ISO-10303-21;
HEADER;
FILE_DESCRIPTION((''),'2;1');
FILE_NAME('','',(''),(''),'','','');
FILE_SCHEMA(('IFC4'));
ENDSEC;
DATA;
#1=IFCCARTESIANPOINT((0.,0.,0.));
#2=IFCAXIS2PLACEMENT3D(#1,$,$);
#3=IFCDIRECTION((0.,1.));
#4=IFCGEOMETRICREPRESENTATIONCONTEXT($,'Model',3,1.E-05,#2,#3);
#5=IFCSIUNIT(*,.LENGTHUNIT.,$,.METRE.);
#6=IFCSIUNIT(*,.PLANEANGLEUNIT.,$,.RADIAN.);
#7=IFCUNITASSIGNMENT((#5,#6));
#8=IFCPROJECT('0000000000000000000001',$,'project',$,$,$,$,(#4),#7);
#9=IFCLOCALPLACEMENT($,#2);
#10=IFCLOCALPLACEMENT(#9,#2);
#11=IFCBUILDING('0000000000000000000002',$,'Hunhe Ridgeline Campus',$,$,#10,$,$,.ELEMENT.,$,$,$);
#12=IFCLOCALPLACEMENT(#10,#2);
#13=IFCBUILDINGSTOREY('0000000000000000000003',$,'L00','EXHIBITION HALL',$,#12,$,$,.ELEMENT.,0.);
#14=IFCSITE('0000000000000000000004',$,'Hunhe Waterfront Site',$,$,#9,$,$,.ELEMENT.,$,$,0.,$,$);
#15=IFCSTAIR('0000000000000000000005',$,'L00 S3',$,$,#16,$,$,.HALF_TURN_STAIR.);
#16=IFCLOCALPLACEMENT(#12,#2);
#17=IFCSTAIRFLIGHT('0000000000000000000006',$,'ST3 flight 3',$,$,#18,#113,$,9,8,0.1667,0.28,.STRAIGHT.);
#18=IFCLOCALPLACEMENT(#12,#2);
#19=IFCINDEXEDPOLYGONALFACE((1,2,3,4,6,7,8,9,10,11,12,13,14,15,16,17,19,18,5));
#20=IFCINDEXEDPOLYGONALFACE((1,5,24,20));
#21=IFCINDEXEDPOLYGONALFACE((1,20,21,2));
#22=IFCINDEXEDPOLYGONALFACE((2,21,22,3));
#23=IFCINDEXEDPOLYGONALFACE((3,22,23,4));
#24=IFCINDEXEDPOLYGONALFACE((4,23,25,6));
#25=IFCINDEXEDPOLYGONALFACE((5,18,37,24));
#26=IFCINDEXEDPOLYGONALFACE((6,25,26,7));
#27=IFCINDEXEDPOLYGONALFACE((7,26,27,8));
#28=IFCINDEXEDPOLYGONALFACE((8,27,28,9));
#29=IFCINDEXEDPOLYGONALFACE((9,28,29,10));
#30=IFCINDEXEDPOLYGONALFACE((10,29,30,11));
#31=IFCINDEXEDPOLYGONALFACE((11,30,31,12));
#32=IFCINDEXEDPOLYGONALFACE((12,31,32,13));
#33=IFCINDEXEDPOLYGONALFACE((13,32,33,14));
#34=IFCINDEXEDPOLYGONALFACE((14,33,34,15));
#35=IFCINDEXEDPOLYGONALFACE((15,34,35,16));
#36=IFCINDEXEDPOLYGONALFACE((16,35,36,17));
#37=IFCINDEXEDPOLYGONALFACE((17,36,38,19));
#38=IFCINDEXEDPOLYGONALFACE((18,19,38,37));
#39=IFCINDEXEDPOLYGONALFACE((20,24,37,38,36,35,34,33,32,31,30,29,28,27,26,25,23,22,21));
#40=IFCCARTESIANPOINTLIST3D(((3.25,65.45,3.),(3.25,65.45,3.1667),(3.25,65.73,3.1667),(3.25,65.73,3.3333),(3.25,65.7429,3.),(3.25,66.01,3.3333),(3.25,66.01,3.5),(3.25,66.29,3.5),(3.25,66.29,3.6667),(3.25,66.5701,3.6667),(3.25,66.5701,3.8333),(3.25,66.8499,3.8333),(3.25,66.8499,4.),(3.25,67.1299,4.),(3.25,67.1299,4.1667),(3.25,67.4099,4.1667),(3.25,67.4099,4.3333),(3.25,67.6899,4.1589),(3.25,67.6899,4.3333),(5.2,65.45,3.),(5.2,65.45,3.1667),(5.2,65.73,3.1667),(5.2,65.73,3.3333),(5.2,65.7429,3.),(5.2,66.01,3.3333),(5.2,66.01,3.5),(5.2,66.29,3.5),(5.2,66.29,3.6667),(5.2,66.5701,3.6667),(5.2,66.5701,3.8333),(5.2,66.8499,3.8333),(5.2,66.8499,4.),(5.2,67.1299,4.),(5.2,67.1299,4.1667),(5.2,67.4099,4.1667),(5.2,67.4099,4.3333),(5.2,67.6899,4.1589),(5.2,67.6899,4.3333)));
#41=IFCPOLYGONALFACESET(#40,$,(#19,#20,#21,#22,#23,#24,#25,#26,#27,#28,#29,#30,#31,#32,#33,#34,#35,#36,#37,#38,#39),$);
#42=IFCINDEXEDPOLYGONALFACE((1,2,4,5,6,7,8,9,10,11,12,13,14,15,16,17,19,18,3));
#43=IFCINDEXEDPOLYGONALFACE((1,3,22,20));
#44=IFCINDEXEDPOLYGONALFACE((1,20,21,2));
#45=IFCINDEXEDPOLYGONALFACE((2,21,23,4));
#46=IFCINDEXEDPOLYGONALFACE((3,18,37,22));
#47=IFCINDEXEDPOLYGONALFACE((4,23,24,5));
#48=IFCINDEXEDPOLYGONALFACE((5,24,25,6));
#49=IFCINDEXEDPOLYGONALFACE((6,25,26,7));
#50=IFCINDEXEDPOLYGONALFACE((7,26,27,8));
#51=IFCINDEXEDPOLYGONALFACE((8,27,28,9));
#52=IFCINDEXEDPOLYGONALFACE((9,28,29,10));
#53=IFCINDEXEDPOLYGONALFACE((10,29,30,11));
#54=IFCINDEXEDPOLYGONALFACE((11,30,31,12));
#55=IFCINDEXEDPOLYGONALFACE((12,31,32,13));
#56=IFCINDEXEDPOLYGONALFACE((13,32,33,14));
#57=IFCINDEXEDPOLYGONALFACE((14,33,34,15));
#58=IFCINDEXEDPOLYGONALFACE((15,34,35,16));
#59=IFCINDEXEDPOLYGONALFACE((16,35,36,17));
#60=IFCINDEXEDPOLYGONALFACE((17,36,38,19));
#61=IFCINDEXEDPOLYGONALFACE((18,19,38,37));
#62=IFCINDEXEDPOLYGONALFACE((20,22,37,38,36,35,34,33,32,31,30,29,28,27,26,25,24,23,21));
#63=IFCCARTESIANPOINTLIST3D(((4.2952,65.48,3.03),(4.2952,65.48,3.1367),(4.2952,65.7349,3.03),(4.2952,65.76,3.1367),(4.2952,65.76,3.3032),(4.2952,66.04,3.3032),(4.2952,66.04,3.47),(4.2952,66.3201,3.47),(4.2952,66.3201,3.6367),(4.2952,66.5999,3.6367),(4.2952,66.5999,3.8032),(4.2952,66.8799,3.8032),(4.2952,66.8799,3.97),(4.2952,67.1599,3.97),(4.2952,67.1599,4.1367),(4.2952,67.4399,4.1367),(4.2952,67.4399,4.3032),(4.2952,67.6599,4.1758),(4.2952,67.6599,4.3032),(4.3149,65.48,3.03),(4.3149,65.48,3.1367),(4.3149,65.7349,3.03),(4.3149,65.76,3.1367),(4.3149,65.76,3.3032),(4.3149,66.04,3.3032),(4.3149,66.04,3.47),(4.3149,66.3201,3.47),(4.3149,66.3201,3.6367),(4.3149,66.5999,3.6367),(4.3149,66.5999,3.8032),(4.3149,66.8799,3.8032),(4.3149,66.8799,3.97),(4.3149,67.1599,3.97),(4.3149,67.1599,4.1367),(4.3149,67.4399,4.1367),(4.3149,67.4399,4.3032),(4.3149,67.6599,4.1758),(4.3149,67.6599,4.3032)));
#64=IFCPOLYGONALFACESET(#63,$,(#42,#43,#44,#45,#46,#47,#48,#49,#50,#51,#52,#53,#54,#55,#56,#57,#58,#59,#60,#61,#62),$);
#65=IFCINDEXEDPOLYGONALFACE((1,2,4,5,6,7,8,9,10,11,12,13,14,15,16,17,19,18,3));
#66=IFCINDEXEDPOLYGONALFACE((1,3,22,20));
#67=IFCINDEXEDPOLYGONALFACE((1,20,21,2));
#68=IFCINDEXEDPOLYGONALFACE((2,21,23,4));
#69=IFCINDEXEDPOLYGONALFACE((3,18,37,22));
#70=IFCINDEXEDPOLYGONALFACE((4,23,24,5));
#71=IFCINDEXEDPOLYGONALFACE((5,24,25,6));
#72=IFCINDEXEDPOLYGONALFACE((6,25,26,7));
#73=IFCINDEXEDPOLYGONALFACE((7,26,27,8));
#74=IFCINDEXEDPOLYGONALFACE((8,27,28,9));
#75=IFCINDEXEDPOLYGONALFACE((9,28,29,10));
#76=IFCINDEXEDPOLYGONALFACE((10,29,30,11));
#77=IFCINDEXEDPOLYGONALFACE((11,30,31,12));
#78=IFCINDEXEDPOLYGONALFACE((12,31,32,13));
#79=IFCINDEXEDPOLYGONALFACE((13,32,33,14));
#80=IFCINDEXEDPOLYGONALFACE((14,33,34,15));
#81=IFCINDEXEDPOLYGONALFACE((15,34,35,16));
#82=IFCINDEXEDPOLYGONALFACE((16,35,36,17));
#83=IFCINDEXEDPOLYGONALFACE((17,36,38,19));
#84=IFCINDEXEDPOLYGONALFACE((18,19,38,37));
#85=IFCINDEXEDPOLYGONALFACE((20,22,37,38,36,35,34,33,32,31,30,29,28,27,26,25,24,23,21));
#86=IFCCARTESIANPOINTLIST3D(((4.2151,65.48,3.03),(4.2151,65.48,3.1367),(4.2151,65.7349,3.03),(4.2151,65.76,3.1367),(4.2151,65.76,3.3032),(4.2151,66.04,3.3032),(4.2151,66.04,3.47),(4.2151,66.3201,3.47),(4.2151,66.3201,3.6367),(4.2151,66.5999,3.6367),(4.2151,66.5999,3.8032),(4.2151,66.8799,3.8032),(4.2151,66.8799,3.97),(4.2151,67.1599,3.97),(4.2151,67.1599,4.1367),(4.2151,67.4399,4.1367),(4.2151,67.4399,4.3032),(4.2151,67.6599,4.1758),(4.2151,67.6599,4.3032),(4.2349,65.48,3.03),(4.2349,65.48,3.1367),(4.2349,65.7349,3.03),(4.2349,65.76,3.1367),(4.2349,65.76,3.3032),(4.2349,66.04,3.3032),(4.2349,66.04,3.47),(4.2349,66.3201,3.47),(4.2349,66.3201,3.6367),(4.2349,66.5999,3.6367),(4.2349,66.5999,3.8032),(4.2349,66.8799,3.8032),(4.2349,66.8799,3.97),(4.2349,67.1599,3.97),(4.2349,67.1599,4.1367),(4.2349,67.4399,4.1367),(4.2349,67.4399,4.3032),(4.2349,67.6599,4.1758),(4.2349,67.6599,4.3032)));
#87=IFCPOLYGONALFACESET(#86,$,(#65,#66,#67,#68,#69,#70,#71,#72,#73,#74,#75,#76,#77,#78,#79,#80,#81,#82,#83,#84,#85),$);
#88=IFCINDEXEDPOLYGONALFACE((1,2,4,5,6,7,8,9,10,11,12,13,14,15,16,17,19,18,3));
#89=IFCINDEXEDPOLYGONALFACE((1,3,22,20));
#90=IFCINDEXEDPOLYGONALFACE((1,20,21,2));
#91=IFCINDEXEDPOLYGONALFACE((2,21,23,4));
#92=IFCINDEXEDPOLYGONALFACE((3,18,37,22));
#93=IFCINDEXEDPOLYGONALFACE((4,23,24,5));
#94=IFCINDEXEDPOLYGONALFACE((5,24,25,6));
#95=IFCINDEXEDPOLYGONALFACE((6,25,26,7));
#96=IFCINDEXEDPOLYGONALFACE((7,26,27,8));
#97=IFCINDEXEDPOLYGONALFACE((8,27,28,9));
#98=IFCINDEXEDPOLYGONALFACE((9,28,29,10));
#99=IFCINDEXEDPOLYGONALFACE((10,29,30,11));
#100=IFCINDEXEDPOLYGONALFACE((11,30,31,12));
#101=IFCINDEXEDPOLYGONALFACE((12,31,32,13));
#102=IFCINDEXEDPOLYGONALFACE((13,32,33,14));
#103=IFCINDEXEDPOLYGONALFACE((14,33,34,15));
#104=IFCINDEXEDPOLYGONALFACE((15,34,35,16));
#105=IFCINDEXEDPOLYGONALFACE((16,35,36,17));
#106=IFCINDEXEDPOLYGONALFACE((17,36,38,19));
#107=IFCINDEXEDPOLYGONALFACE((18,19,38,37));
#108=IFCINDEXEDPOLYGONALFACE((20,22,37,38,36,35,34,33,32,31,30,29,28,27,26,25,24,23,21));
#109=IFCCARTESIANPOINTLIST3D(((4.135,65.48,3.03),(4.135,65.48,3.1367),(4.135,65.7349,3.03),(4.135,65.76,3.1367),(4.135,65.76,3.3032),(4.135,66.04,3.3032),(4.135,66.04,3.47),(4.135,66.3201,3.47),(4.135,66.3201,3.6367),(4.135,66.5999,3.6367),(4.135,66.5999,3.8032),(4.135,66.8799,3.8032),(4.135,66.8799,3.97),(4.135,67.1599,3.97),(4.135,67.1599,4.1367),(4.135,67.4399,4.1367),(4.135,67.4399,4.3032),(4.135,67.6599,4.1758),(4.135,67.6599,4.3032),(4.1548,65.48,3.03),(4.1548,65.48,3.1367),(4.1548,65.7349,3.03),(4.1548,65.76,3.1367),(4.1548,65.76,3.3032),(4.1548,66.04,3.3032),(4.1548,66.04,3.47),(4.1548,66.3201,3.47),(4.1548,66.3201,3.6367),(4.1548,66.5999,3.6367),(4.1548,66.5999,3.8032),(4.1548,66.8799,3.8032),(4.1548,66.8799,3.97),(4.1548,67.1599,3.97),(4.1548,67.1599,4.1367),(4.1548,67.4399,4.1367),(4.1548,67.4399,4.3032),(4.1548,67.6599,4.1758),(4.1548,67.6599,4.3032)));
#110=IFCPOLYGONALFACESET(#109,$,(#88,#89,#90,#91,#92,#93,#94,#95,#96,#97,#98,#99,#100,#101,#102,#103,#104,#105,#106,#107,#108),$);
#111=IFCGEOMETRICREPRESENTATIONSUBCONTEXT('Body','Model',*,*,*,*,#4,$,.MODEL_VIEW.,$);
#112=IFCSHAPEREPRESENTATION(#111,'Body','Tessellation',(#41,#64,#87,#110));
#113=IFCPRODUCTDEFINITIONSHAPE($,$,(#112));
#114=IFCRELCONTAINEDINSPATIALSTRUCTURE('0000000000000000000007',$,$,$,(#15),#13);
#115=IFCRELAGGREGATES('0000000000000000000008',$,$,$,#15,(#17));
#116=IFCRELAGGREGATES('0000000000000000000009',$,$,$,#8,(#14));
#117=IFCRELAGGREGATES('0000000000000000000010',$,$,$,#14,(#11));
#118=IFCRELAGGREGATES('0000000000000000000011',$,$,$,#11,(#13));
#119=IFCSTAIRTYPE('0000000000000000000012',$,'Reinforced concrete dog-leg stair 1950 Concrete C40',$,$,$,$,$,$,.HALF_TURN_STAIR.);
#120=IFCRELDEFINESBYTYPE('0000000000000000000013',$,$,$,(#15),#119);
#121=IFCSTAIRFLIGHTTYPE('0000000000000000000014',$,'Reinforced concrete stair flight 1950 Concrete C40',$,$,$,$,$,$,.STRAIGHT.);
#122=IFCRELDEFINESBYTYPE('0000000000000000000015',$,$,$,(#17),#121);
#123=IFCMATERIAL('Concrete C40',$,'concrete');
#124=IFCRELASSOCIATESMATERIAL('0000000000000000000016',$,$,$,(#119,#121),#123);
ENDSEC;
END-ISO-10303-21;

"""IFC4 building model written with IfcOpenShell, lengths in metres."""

from ifc_helpers import new_model, si_unit, direction, frame, origin, place, context, subcontext, project, spatial, polyline, outline, extrude, material, type_object, element, aggregate, save


model = new_model("IFC4")

# Units and contexts
model_context = context("Model", 3, precision=1e-05, world=origin(), true_north=direction((0.0, 1.0)))
body_context = subcontext(model_context, "Body", "Model", "MODEL_VIEW")
ifc_project = project(units=[si_unit("LENGTHUNIT", "METRE"), si_unit("PLANEANGLEUNIT", "RADIAN")], contexts=[model_context])

# Site, building, storey
site_placement = place(None, origin())
site = spatial("IfcSite", under=ifc_project, at=site_placement, Name="Hunhe Waterfront Site", CompositionType="ELEMENT", RefElevation=0.0)
building_placement = place(site_placement, origin())
building = spatial("IfcBuilding", under=site, at=building_placement, Name="Hunhe Ridgeline Campus", CompositionType="ELEMENT")
storey_placement = place(building_placement, origin())
storey = spatial("IfcBuildingStorey", under=building, at=storey_placement, Name="L00", Description="EXHIBITION HALL", CompositionType="ELEMENT", Elevation=0.0)

# Stair, stair flight
ifc_material_1 = material(Name="Concrete C40", Category="concrete")
stair_type = type_object("IfcStairType", Name="Reinforced concrete dog-leg stair 1950 Concrete C40", PredefinedType="HALF_TURN_STAIR", material=ifc_material_1)
stair_1_placement = place(storey_placement, origin())
stair_1 = element("IfcStair", 1, at=stair_1_placement, inside=storey, type_object=stair_type, Name="L00 S3", PredefinedType="HALF_TURN_STAIR")
stair_flight_type = type_object("IfcStairFlightType", Name="Reinforced concrete stair flight 1950 Concrete C40", PredefinedType="STRAIGHT", material=ifc_material_1)
stair_flight_1_placement = place(storey_placement, frame((4.2251, 65.45, 3.0), z_axis=(0.0, 0.0, 1.0), x_axis=(0.0, 1.0, 0.0)))
stair_flight_1 = element("IfcStairFlight", 2, at=stair_flight_1_placement, type_object=stair_flight_type, Name="ST3 flight 3", NumberOfRisers=9, NumberOfTreads=8, PredefinedType="STRAIGHT", RiserHeight=0.1667, TreadLength=0.28, context=body_context, shape_type="SweptSolid", body=[
    extrude(outline(polyline([(0.0, 0.0), (0.0, 0.1667), (0.28, 0.1667), (0.28, 0.3333), (0.5601, 0.3333), (0.5601, 0.5), (0.8401, 0.5), (0.8401, 0.6667), (1.1201, 0.6667), (1.1201, 0.8333), (1.3999, 0.8333), (1.3999, 1.0), (1.6799, 1.0), (1.6799, 1.1667), (1.96, 1.1667), (1.96, 1.3333), (2.24, 1.3333), (2.24, 1.5), (2.24, 1.1589), (0.293, 0.0), (0.0, 0.0)])), frame((0.0, 0.9751, 0.0), z_axis=(0.0, -1.0, 0.0), x_axis=(1.0, 0.0, 0.0)), (0.0, 0.0, 1.0), 1.95),
    extrude(outline(polyline([(0.03, 0.03), (0.03, 0.1367), (0.3101, 0.1367), (0.3101, 0.3032), (0.5901, 0.3032), (0.5901, 0.47), (0.8701, 0.47), (0.8701, 0.6367), (1.1499, 0.6367), (1.1499, 0.8032), (1.4299, 0.8032), (1.4299, 0.97), (1.71, 0.97), (1.71, 1.1367), (1.99, 1.1367), (1.99, 1.3032), (2.21, 1.3032), (2.21, 1.1758), (0.2849, 0.03), (0.03, 0.03)])), frame((0.0, -0.0701, 0.0), z_axis=(0.0, -1.0, 0.0), x_axis=(1.0, 0.0, 0.0)), (0.0, 0.0, 1.0), 0.0198),
    extrude(outline(polyline([(0.03, 0.03), (0.03, 0.1367), (0.3101, 0.1367), (0.3101, 0.3032), (0.5901, 0.3032), (0.5901, 0.47), (0.8701, 0.47), (0.8701, 0.6367), (1.1499, 0.6367), (1.1499, 0.8032), (1.4299, 0.8032), (1.4299, 0.97), (1.71, 0.97), (1.71, 1.1367), (1.99, 1.1367), (1.99, 1.3032), (2.21, 1.3032), (2.21, 1.1758), (0.2849, 0.03), (0.03, 0.03)])), frame((0.0, 0.01, 0.0), z_axis=(0.0, -1.0, 0.0), x_axis=(1.0, 0.0, 0.0)), (0.0, 0.0, 1.0), 0.0198),
    extrude(outline(polyline([(0.03, 0.03), (0.03, 0.1367), (0.3101, 0.1367), (0.3101, 0.3032), (0.5901, 0.3032), (0.5901, 0.47), (0.8701, 0.47), (0.8701, 0.6367), (1.1499, 0.6367), (1.1499, 0.8032), (1.4299, 0.8032), (1.4299, 0.97), (1.71, 0.97), (1.71, 1.1367), (1.99, 1.1367), (1.99, 1.3032), (2.21, 1.3032), (2.21, 1.1758), (0.2849, 0.03), (0.03, 0.03)])), frame((0.0, 0.0901, 0.0), z_axis=(0.0, -1.0, 0.0), x_axis=(1.0, 0.0, 0.0)), (0.0, 0.0, 1.0), 0.0198),
])
aggregate(stair_1, [stair_flight_1])

save(model, "model.ifc")
